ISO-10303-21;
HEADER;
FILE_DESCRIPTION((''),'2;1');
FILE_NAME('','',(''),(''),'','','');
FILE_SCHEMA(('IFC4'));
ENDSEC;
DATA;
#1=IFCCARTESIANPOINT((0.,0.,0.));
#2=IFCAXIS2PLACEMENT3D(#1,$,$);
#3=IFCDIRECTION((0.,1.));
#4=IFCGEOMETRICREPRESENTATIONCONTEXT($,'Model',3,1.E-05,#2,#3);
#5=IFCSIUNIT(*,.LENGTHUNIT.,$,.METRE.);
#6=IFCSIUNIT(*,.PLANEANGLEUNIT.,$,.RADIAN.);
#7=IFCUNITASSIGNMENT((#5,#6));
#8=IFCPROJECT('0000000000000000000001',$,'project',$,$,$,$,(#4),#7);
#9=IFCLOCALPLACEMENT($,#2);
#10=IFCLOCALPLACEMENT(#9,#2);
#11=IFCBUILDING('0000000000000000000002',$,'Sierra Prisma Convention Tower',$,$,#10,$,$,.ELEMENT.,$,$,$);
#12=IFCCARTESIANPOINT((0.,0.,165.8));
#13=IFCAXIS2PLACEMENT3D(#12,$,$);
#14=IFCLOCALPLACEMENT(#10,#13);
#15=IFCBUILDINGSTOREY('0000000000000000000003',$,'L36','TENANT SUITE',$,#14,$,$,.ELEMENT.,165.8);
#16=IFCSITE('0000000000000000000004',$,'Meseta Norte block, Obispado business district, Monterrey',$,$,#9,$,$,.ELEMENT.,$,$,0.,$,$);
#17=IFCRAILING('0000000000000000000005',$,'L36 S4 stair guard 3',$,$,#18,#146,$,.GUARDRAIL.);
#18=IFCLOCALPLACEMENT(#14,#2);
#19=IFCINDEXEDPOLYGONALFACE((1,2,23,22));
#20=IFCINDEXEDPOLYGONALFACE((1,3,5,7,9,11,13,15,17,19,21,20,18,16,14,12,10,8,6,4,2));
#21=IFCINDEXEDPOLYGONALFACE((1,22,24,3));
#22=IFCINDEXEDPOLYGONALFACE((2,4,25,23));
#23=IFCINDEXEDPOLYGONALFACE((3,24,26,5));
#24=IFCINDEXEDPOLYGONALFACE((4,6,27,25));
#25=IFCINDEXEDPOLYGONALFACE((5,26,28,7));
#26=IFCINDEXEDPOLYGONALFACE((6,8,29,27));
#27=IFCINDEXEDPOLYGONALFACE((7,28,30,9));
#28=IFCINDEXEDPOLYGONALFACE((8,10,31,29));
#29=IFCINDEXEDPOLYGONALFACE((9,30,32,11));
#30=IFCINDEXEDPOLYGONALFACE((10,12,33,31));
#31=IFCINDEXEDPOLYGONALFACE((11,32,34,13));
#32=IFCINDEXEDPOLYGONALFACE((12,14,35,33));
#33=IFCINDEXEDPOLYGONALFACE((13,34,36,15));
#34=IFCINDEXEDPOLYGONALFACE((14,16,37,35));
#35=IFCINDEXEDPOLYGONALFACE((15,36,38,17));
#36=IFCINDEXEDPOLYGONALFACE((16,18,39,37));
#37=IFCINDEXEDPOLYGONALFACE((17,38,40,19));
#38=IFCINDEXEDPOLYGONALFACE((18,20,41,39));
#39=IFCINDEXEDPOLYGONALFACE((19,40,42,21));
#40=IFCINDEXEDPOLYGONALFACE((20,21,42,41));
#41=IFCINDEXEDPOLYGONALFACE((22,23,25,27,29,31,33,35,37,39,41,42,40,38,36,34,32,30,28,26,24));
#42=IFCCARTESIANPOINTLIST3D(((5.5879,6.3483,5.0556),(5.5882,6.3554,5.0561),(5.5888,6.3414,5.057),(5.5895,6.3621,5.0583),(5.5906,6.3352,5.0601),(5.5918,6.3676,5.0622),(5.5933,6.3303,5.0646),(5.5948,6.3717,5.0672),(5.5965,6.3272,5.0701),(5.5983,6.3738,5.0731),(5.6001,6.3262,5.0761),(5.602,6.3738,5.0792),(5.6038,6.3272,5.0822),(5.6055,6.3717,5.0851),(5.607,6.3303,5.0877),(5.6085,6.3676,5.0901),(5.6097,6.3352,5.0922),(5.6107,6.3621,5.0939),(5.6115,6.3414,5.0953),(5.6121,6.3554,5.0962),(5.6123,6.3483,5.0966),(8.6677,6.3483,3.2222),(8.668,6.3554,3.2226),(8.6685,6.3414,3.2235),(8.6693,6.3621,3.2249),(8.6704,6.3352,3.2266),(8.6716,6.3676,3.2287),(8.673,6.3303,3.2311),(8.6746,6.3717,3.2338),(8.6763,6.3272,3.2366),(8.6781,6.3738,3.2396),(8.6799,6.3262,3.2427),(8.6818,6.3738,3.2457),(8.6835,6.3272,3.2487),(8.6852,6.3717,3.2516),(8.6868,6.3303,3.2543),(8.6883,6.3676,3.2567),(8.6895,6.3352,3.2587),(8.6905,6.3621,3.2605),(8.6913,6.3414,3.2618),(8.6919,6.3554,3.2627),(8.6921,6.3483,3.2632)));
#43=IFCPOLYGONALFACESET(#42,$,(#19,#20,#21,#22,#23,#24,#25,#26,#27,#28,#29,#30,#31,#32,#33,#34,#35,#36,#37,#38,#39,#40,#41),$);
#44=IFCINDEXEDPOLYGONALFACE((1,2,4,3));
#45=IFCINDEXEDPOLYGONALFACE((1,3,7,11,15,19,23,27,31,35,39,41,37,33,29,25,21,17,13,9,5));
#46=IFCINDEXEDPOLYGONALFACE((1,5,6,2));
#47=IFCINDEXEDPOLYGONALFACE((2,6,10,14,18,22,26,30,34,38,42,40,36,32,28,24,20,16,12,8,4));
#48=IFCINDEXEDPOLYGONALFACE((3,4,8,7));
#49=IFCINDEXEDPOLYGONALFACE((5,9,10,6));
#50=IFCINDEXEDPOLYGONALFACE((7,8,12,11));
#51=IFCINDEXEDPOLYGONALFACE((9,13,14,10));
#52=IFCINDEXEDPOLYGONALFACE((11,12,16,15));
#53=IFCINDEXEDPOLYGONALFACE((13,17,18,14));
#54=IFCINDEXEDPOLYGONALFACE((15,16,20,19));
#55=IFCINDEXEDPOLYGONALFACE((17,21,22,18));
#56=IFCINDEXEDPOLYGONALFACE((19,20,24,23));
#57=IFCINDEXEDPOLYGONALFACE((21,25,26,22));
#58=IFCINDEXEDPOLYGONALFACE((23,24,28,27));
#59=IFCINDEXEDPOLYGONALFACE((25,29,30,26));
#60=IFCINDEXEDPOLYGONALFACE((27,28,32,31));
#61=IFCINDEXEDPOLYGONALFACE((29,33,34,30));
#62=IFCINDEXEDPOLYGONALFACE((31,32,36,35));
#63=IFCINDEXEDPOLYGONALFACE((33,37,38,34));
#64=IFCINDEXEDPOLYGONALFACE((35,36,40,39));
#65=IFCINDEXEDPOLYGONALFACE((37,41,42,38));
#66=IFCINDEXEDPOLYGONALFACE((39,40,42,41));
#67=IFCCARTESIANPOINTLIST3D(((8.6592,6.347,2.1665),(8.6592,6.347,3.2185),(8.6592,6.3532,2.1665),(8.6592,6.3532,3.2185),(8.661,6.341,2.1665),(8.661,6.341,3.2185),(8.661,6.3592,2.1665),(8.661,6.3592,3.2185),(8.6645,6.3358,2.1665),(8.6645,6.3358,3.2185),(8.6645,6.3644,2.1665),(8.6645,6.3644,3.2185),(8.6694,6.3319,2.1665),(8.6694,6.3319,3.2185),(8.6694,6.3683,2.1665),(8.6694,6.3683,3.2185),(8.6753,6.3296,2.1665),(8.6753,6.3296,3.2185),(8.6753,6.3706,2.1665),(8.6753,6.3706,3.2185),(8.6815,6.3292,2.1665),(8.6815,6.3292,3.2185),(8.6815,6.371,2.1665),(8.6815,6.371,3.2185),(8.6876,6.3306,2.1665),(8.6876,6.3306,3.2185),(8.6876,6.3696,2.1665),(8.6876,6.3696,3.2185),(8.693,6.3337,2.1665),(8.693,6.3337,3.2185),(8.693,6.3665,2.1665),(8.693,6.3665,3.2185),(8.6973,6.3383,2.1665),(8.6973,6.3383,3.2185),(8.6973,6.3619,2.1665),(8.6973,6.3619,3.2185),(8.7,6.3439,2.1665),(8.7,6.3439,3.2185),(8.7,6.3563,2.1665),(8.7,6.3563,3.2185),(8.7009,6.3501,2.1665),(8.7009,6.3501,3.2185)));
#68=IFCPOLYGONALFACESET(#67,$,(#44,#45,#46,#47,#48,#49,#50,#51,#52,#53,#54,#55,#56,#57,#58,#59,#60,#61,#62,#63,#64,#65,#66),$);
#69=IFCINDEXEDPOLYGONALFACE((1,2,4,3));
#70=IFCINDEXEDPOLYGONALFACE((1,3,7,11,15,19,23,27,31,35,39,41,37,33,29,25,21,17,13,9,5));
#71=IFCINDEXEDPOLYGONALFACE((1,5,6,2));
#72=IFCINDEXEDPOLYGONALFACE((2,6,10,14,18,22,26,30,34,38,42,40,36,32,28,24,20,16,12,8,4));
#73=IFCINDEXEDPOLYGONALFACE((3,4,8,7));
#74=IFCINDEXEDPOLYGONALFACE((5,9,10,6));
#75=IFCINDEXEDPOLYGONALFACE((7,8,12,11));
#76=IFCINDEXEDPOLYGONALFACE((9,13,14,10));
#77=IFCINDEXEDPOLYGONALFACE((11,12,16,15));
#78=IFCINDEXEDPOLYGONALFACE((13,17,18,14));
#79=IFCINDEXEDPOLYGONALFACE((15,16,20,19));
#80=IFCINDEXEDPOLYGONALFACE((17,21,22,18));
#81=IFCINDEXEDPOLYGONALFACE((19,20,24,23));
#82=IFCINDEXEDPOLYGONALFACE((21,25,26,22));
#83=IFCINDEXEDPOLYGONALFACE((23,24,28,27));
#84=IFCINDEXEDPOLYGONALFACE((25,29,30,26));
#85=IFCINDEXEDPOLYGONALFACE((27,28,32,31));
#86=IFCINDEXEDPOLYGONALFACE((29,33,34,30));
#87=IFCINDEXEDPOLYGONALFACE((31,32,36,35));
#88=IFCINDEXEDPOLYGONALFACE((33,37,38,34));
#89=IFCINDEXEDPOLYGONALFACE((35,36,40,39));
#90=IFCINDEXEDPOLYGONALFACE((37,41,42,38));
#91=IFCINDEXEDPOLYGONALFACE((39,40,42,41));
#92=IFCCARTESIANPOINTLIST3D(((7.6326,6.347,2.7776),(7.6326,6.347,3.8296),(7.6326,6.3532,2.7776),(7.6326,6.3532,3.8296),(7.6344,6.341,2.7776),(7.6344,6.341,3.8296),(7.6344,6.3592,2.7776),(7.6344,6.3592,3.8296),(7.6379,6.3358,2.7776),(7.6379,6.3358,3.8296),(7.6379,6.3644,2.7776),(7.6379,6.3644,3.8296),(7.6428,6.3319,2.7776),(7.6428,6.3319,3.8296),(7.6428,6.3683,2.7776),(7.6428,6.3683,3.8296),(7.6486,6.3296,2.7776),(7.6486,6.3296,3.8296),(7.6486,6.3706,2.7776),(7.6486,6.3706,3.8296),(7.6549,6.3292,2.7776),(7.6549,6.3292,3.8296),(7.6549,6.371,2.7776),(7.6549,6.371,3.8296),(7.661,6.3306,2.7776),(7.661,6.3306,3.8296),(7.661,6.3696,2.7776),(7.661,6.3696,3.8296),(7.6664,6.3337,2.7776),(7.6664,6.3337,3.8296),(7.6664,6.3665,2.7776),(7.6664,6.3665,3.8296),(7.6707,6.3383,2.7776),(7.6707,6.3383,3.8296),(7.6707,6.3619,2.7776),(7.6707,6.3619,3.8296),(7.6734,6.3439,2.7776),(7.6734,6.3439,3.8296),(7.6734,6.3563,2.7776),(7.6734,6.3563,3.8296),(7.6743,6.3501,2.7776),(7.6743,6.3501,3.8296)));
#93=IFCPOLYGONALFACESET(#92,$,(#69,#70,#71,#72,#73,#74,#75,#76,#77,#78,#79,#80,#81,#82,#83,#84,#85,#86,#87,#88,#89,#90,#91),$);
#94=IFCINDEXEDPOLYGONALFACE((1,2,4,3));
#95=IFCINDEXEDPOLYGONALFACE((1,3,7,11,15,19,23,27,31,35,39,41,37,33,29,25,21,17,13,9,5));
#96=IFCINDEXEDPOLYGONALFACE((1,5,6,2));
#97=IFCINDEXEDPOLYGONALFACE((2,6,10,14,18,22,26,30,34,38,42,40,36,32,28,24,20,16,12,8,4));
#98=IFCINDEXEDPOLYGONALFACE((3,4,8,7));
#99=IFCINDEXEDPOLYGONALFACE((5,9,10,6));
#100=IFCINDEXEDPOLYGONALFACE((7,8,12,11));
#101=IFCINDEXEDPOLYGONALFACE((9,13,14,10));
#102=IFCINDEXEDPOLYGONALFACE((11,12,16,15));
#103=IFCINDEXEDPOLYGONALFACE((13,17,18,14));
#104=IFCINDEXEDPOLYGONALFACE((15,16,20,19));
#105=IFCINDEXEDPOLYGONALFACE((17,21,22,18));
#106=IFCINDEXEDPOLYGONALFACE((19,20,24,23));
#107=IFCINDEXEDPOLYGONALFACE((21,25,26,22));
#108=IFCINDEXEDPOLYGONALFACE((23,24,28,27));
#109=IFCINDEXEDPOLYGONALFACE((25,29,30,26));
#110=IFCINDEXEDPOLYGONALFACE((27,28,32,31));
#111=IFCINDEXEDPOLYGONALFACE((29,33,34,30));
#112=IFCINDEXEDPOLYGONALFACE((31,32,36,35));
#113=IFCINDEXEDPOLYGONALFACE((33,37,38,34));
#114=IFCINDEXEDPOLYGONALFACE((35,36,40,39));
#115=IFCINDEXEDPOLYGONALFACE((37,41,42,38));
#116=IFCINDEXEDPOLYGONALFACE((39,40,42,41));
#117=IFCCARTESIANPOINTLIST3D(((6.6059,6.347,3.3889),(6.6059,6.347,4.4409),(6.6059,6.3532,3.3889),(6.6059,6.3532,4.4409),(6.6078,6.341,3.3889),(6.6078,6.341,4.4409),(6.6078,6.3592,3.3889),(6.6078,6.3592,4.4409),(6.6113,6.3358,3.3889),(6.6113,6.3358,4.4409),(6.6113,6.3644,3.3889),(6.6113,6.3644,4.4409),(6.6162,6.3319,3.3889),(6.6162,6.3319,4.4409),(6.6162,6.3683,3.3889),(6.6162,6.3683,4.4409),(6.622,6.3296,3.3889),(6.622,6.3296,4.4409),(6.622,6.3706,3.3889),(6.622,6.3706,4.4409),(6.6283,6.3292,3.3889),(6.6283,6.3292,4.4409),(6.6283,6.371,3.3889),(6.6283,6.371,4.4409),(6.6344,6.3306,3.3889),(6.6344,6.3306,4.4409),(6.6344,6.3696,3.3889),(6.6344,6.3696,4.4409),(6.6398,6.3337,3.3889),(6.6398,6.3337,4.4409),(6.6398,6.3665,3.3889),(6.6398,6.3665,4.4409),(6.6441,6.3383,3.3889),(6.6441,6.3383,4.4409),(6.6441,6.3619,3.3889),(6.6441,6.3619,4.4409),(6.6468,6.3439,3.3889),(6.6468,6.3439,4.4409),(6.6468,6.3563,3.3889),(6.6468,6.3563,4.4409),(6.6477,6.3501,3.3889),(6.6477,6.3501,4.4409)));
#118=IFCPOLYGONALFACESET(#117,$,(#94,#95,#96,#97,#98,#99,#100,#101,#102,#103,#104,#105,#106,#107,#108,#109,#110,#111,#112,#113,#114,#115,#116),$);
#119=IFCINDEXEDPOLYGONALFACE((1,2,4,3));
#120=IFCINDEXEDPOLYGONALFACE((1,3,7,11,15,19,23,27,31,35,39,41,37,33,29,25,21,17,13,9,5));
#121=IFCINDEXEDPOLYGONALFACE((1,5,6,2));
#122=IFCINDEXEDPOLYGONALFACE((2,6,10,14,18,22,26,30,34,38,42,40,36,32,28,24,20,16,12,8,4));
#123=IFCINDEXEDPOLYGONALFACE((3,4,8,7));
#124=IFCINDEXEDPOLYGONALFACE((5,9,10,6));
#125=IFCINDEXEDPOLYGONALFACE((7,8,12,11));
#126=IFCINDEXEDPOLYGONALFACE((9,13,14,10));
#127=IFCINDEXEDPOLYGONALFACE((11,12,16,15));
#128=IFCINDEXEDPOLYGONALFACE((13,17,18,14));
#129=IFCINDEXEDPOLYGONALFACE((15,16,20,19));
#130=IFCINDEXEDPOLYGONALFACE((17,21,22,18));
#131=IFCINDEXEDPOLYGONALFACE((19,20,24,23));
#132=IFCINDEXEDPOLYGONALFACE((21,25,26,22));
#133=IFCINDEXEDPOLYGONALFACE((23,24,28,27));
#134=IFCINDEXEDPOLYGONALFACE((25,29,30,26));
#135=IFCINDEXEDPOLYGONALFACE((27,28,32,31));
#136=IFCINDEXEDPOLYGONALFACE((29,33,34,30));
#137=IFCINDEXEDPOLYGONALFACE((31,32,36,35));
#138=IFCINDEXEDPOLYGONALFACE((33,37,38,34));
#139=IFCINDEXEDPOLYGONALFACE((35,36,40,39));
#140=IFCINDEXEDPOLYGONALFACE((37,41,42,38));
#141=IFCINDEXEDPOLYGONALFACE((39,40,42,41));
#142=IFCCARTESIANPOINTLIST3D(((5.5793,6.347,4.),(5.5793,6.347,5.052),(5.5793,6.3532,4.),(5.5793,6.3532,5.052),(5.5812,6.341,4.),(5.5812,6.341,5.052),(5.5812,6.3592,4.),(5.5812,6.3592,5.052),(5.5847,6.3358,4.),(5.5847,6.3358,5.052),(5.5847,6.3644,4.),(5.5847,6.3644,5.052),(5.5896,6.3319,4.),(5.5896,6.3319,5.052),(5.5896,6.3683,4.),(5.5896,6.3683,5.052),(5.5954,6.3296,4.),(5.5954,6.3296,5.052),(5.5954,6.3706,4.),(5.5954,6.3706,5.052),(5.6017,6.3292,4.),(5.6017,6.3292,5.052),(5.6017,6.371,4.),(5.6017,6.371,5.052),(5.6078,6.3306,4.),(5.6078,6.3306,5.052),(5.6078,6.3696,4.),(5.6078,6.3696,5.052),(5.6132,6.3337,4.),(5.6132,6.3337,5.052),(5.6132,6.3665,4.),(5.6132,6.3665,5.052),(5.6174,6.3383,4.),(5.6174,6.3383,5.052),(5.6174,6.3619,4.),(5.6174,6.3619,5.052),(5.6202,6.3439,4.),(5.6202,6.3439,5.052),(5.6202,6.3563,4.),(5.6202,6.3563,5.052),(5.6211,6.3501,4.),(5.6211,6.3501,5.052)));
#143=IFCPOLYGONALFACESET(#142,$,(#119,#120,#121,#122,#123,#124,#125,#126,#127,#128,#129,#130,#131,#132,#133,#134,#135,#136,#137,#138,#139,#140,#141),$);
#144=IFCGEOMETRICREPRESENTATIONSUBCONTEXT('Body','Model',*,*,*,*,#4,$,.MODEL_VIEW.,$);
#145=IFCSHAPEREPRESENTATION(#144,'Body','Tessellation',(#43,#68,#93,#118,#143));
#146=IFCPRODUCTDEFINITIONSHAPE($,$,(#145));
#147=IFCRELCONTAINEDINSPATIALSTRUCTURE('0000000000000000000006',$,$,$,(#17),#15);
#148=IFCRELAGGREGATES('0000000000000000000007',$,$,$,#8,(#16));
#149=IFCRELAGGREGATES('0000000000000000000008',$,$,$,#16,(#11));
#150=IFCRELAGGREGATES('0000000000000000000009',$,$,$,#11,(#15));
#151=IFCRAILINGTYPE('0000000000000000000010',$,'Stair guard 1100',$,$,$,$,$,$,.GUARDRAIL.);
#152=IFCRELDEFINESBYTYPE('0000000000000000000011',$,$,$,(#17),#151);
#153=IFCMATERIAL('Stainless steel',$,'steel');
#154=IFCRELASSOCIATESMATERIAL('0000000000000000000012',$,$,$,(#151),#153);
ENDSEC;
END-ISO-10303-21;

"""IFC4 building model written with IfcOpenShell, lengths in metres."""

from ifc_helpers import new_model, si_unit, direction, frame, origin, origin_2d, place, context, subcontext, project, spatial, circle, extrude, material, type_object, element, save


model = new_model("IFC4")

# Units and contexts
model_context = context("Model", 3, precision=1e-05, world=origin(), true_north=direction((0.0, 1.0)))
body_context = subcontext(model_context, "Body", "Model", "MODEL_VIEW")
ifc_project = project(units=[si_unit("LENGTHUNIT", "METRE"), si_unit("PLANEANGLEUNIT", "RADIAN")], contexts=[model_context])

# Site, building, storey
site_placement = place(None, origin())
site = spatial("IfcSite", under=ifc_project, at=site_placement, Name="Meseta Norte block, Obispado business district, Monterrey", CompositionType="ELEMENT", RefElevation=0.0)
building_placement = place(site_placement, origin())
building = spatial("IfcBuilding", under=site, at=building_placement, Name="Sierra Prisma Convention Tower", CompositionType="ELEMENT")
storey_placement = place(building_placement, frame((0.0, 0.0, 165.8)))
storey = spatial("IfcBuildingStorey", under=building, at=storey_placement, Name="L36", Description="TENANT SUITE", CompositionType="ELEMENT", Elevation=165.8)

# Railing
ifc_material_1 = material(Name="Stainless steel", Category="steel")
railing_type = type_object("IfcRailingType", Name="Stair guard 1100", PredefinedType="GUARDRAIL", material=ifc_material_1)
railing_1_placement = place(storey_placement, frame((8.6799, 6.3501, 2.1665)))
element("IfcRailing", 1, at=railing_1_placement, inside=storey, type_object=railing_type, Name="L36 S4 stair guard 3", PredefinedType="GUARDRAIL", context=body_context, shape_type="SweptSolid", body=[
    extrude(circle(Radius=0.0239, at=origin_2d()), frame((0.0, 0.0, 1.0762), z_axis=(-0.859261, 0.0, 0.511538), x_axis=(0.0, -1.0, 0.0)), (0.0, 0.0, 1.0), 3.5842),
    extrude(circle(Radius=0.021, at=origin_2d()), origin(), (0.0, 0.0, 1.0), 1.052),
    extrude(circle(Radius=0.021, at=origin_2d()), frame((-1.0266, 0.0, 0.6111)), (0.0, 0.0, 1.0), 1.052),
    extrude(circle(Radius=0.021, at=origin_2d()), frame((-2.0532, 0.0, 1.2224)), (0.0, 0.0, 1.0), 1.052),
    extrude(circle(Radius=0.021, at=origin_2d()), frame((-3.0798, 0.0, 1.8335)), (0.0, 0.0, 1.0), 1.052),
])

save(model, "model.ifc")
